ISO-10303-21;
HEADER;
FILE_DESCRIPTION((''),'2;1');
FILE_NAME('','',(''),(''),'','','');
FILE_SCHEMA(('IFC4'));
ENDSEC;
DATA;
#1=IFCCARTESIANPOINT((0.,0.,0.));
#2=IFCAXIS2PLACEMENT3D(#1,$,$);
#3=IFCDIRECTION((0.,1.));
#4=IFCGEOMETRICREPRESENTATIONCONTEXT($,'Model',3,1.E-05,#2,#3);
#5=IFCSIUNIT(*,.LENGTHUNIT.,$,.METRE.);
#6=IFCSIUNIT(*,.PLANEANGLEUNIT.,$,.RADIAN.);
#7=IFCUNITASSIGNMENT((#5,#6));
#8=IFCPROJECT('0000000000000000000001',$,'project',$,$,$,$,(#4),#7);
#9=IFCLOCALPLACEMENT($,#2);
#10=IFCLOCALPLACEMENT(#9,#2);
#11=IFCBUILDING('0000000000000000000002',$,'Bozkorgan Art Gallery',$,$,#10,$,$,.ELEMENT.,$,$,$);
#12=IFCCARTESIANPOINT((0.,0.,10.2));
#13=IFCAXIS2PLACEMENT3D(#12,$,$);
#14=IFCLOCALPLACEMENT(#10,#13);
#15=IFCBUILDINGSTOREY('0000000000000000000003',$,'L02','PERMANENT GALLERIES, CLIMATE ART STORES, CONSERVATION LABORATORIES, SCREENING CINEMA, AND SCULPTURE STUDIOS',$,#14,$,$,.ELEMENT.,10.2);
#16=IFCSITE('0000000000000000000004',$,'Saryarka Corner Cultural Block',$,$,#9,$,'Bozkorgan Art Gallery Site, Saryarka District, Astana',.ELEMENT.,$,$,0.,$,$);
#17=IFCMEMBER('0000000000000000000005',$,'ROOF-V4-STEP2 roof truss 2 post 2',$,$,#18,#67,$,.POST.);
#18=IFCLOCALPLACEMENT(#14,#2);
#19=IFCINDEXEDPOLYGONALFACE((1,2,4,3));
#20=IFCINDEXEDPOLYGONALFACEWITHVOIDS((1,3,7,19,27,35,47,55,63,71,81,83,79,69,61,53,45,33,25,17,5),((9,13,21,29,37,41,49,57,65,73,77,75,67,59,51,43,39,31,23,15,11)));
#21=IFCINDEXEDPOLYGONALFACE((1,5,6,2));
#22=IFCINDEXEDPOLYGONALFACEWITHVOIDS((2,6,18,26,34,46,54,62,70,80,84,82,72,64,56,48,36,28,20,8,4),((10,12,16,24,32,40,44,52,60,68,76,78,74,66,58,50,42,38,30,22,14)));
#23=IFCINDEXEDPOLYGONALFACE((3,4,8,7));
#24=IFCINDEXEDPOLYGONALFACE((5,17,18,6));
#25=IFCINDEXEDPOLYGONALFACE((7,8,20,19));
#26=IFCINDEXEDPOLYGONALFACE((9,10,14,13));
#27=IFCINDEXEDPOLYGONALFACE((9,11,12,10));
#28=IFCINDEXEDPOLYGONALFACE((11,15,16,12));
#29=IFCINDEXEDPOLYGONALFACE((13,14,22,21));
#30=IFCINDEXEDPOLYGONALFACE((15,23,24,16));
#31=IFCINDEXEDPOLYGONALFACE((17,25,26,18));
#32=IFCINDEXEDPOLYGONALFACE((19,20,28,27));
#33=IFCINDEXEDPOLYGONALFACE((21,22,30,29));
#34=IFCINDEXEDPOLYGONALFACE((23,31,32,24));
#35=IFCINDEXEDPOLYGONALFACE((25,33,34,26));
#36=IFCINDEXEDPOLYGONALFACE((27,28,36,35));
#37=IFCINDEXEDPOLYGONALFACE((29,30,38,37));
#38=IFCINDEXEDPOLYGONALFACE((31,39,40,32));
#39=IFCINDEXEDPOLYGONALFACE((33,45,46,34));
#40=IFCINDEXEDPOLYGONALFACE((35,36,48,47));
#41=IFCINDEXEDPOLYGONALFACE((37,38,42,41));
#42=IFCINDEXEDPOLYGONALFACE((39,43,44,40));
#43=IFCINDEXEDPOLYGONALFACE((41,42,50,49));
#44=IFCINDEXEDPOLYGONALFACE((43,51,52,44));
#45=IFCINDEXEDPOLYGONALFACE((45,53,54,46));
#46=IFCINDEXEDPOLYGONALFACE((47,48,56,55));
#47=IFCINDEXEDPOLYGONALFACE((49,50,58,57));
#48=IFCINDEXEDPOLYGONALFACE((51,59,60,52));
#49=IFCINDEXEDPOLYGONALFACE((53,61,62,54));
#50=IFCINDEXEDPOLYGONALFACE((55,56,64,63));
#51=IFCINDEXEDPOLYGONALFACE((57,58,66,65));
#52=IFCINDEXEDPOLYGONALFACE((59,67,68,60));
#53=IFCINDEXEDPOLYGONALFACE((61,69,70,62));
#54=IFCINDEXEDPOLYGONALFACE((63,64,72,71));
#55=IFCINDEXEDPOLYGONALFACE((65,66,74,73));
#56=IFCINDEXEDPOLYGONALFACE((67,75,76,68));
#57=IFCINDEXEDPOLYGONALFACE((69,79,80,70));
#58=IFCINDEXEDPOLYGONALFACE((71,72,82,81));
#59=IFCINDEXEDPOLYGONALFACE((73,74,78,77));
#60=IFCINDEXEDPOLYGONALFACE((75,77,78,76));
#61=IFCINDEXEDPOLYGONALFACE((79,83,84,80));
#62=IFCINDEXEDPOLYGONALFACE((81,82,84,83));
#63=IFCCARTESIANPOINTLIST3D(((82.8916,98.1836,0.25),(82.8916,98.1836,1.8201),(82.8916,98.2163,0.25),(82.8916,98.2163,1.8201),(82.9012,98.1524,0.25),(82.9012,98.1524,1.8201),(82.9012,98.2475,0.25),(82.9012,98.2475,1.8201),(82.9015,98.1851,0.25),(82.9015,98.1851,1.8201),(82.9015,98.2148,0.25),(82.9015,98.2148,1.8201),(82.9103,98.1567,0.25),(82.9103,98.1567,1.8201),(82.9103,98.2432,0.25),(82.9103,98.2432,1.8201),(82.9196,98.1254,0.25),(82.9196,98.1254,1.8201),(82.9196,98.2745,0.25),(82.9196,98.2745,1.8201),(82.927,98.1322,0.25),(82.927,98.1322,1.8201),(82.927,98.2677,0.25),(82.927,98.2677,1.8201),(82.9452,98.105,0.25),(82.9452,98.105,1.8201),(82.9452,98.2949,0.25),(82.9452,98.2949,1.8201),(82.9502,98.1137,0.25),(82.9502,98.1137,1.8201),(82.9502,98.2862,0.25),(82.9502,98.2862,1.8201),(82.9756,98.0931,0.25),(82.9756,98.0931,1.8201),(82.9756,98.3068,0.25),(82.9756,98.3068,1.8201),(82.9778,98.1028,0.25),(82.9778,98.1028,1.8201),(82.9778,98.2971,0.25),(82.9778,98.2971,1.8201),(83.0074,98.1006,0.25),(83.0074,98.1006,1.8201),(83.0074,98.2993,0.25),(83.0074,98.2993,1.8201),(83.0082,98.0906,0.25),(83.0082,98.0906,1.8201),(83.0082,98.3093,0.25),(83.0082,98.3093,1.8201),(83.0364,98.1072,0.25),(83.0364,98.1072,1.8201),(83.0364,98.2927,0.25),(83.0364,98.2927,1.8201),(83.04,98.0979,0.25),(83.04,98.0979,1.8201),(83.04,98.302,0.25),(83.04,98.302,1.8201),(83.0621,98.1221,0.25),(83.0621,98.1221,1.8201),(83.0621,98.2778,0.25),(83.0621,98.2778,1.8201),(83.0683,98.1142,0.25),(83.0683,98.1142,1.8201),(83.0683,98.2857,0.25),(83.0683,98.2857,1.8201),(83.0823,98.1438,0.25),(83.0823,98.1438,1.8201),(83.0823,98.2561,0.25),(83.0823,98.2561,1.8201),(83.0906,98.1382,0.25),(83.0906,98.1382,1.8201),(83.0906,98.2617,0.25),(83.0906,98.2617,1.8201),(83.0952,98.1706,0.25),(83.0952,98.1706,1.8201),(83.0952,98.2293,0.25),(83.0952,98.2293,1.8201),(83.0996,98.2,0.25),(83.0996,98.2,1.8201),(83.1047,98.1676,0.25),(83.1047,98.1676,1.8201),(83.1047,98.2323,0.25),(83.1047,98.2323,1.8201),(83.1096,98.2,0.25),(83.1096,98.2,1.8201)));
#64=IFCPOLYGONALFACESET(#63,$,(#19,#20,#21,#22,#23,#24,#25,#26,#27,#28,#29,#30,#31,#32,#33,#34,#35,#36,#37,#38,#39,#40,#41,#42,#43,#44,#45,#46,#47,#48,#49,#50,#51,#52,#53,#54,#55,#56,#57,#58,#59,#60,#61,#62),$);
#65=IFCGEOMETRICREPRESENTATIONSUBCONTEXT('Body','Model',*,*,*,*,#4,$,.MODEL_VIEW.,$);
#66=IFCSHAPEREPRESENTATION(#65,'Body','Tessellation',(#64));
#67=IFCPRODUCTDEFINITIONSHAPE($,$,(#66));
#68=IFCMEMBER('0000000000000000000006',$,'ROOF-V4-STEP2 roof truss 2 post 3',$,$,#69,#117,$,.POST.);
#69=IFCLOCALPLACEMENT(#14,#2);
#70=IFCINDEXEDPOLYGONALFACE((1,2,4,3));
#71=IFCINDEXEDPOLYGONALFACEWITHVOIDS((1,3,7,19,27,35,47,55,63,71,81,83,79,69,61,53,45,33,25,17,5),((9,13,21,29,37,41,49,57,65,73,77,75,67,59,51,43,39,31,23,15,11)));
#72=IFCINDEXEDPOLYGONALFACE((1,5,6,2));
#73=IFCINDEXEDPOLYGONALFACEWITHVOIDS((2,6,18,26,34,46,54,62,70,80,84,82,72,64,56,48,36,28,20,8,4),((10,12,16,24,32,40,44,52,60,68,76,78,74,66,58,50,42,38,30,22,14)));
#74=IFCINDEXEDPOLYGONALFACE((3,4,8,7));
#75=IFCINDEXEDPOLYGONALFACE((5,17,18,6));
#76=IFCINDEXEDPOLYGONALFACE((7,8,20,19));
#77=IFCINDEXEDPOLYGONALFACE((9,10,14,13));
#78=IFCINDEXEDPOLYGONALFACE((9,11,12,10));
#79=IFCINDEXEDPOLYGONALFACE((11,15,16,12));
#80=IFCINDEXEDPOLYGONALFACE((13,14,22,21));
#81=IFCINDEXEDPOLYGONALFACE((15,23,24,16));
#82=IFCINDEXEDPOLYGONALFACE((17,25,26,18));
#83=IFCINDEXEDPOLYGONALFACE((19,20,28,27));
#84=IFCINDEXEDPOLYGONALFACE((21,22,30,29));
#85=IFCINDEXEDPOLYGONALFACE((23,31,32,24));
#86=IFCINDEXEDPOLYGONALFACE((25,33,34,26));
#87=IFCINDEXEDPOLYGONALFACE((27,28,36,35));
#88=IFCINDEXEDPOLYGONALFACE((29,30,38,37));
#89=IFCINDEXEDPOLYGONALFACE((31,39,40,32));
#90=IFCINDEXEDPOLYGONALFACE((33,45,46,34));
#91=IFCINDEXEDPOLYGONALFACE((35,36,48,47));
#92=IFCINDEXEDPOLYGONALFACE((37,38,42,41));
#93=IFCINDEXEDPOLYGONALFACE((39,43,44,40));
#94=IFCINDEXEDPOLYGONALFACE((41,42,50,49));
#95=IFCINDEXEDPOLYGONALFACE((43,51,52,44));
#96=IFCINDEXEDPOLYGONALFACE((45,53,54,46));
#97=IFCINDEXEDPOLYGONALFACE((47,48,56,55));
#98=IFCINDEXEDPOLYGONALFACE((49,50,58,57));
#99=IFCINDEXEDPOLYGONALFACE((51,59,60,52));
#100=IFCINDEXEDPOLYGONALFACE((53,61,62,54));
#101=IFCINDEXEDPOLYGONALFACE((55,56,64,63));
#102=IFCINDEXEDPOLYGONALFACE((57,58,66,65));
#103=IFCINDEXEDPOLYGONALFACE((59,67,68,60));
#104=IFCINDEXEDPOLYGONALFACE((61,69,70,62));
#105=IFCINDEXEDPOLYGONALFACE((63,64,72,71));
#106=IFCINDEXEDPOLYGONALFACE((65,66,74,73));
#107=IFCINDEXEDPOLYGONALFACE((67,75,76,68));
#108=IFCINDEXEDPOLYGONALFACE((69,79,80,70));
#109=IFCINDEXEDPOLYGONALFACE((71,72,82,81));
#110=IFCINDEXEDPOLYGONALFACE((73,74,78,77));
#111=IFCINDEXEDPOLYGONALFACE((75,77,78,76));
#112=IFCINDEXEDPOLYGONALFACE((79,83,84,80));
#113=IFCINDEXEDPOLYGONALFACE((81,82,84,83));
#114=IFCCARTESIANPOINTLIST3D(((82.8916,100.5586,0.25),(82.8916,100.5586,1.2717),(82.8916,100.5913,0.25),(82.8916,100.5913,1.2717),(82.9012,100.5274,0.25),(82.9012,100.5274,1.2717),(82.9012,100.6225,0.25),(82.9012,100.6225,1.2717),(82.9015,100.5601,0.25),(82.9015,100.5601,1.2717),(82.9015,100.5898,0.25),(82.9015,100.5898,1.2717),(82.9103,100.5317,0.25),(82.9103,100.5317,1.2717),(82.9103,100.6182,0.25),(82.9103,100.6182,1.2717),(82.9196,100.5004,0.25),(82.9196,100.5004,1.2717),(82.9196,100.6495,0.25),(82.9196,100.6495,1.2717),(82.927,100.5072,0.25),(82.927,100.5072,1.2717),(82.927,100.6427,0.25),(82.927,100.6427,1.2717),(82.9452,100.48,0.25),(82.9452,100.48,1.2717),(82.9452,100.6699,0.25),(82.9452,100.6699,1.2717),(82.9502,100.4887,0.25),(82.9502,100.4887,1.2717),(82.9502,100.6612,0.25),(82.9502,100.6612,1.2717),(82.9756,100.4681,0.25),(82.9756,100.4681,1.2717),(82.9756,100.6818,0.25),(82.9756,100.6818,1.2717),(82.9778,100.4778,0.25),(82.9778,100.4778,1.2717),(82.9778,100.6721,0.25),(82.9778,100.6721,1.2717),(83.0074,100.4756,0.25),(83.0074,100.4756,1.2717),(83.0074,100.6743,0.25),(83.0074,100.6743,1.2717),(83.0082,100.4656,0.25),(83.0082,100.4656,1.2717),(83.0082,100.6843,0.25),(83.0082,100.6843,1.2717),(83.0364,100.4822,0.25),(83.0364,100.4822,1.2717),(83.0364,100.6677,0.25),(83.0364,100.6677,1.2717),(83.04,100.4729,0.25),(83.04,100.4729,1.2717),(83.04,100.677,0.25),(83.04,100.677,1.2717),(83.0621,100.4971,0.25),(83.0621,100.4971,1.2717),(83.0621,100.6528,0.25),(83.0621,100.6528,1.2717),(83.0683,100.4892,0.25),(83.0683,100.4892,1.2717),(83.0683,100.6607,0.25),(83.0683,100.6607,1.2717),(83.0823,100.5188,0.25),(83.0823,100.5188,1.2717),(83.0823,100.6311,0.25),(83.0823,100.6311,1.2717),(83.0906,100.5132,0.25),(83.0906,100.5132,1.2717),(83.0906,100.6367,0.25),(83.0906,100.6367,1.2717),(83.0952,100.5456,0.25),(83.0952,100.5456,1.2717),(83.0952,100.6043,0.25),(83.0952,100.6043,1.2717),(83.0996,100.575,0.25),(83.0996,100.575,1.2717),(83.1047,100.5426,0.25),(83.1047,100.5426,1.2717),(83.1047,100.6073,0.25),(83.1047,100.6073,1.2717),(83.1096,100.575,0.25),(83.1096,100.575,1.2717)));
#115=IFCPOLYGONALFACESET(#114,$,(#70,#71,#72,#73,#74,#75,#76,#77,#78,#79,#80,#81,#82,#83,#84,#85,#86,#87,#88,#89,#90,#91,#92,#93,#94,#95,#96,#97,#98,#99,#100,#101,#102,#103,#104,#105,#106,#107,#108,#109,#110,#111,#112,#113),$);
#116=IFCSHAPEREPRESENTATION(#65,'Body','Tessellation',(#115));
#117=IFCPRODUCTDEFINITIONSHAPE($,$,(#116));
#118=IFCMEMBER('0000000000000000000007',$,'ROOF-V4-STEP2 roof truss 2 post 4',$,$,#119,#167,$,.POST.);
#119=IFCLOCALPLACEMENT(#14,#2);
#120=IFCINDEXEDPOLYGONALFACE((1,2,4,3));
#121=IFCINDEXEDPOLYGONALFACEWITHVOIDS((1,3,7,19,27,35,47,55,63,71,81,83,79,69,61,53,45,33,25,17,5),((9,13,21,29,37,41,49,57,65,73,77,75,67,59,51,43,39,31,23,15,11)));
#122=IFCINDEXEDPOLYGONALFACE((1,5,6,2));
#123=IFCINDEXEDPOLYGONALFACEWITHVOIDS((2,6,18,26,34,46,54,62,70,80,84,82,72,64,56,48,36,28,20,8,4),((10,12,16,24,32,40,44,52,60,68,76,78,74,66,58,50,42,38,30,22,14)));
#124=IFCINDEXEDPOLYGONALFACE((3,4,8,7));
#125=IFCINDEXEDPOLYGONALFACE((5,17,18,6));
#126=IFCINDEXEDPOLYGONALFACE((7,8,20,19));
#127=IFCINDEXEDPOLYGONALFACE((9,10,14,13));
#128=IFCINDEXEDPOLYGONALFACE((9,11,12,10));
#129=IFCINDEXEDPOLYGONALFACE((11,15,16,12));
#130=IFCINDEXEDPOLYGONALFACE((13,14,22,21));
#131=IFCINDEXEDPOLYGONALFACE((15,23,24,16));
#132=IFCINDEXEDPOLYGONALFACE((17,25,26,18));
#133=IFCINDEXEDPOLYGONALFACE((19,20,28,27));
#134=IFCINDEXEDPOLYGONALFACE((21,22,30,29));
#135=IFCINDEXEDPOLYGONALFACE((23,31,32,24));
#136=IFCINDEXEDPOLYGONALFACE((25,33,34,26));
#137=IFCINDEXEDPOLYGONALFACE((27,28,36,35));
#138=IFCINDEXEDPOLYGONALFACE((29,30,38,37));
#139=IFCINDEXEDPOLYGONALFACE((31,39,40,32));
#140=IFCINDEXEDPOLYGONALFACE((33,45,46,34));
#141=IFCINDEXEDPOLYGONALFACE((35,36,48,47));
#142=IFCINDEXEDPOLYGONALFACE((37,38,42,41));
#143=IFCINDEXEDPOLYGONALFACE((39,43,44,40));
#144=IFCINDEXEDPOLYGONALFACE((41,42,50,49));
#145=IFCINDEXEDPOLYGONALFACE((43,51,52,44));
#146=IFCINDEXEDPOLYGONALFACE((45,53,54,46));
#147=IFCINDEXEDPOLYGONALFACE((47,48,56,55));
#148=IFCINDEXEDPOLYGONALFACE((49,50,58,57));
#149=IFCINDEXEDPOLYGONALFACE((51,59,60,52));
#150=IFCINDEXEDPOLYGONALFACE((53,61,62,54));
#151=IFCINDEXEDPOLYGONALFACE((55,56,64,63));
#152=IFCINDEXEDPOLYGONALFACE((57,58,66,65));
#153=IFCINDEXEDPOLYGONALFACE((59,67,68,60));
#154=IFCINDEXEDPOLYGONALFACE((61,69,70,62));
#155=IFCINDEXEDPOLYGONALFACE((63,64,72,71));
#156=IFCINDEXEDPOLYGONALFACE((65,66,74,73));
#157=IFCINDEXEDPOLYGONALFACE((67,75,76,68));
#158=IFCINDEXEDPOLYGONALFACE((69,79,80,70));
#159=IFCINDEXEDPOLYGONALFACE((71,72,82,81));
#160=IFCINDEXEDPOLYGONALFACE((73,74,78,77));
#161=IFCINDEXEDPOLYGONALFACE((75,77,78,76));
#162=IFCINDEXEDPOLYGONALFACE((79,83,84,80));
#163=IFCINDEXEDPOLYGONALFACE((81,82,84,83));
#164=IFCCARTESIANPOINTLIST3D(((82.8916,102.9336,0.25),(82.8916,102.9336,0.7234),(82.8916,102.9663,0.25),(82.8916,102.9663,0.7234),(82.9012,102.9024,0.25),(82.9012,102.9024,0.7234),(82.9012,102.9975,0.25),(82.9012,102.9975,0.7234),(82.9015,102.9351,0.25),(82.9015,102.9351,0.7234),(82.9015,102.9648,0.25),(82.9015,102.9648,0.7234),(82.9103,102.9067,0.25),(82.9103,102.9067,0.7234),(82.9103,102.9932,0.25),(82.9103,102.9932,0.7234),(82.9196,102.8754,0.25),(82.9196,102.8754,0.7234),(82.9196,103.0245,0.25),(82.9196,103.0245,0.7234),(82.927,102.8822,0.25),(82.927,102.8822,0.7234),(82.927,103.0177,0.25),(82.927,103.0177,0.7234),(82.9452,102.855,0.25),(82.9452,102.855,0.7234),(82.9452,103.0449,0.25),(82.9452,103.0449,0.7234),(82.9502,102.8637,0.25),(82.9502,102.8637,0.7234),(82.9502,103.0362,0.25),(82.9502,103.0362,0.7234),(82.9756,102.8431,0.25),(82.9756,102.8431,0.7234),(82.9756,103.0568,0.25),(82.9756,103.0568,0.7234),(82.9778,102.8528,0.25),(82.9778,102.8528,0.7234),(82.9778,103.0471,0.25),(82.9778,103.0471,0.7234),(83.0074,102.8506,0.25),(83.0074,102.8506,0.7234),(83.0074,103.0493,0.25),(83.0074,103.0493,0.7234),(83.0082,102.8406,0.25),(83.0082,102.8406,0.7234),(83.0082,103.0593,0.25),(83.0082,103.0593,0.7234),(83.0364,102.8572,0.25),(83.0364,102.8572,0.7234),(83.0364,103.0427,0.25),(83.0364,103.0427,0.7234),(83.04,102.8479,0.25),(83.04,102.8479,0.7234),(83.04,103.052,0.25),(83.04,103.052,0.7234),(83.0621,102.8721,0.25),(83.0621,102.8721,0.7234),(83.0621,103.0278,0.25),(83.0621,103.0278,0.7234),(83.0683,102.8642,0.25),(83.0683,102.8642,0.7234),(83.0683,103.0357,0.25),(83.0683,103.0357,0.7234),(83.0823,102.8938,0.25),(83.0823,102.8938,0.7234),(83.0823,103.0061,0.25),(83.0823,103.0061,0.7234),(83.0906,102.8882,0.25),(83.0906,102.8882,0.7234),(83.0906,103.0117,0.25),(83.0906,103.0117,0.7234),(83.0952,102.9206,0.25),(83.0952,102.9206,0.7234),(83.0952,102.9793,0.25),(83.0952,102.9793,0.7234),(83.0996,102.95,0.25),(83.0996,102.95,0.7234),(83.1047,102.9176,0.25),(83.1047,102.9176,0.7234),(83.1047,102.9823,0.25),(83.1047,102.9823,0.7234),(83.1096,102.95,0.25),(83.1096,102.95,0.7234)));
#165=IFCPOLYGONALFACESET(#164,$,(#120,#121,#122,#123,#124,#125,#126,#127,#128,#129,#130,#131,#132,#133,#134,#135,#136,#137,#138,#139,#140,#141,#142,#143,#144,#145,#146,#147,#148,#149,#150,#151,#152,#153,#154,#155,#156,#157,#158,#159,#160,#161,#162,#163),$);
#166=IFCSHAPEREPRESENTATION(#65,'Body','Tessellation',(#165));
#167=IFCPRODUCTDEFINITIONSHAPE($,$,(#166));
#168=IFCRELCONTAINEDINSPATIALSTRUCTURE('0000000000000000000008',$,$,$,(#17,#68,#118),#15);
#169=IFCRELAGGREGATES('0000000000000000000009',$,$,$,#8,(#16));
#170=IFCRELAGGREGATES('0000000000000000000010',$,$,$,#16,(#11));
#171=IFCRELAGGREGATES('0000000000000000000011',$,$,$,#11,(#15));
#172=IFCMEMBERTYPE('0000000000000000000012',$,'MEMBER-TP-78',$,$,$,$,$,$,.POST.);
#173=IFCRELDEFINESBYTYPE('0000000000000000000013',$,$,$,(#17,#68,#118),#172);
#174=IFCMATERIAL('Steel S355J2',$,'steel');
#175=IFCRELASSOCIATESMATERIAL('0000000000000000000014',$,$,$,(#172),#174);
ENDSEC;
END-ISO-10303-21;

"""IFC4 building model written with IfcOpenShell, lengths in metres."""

from ifc_helpers import new_model, si_unit, direction, frame, origin, origin_2d, place, context, subcontext, project, spatial, hollow_circle, extrude, material, material_profile, profile_set, type_object, element, save


model = new_model("IFC4")

# Units and contexts
model_context = context("Model", 3, precision=1e-05, world=origin(), true_north=direction((0.0, 1.0)))
body_context = subcontext(model_context, "Body", "Model", "MODEL_VIEW")
ifc_project = project(units=[si_unit("LENGTHUNIT", "METRE"), si_unit("PLANEANGLEUNIT", "RADIAN")], contexts=[model_context])

# Site, building, storey
site_placement = place(None, origin())
site = spatial("IfcSite", under=ifc_project, at=site_placement, Name="Saryarka Corner Cultural Block", LongName="Bozkorgan Art Gallery Site, Saryarka District, Astana", CompositionType="ELEMENT", RefElevation=0.0)
building_placement = place(site_placement, origin())
building = spatial("IfcBuilding", under=site, at=building_placement, Name="Bozkorgan Art Gallery", CompositionType="ELEMENT")
storey_placement = place(building_placement, frame((0.0, 0.0, 10.2)))
storey = spatial("IfcBuildingStorey", under=building, at=storey_placement, Name="L02", Description="PERMANENT GALLERIES, CLIMATE ART STORES, CONSERVATION LABORATORIES, SCREENING CINEMA, AND SCULPTURE STUDIOS", CompositionType="ELEMENT", Elevation=10.2)

# Shared definitions
ifc_material_1 = material(Name="Steel S355J2", Category="steel")

# Members
ifc_material_profile_1 = material_profile(ifc_material_1, hollow_circle(Radius=0.1096, WallThickness=0.01, at=origin_2d()), Name="CHS 219.1x10")
ifc_profile_set_1 = profile_set([ifc_material_profile_1], Name="Steel S355J2")
member_type_1 = type_object("IfcMemberType", Name="MEMBER-TP-78", PredefinedType="POST", material=ifc_profile_set_1)
member_1_placement = place(storey_placement, frame((83.0, 98.2, 0.25), z_axis=(0.0, 0.0, 1.0), x_axis=(1.0, 0.0, 0.0)))
element("IfcMember", 1, at=member_1_placement, inside=storey, type_object=member_type_1, Name="ROOF-V4-STEP2 roof truss 2 post 2", PredefinedType="POST", context=body_context, shape_type="SweptSolid", body=[
    extrude(hollow_circle(Radius=0.1096, WallThickness=0.01, at=origin_2d()), origin(), (0.0, 0.0, 1.0), 1.5701),
])
member_2_placement = place(storey_placement, frame((83.0, 100.575, 0.25), z_axis=(0.0, 0.0, 1.0), x_axis=(1.0, 0.0, 0.0)))
element("IfcMember", 2, at=member_2_placement, inside=storey, type_object=member_type_1, Name="ROOF-V4-STEP2 roof truss 2 post 3", PredefinedType="POST", context=body_context, shape_type="SweptSolid", body=[
    extrude(hollow_circle(Radius=0.1096, WallThickness=0.01, at=origin_2d()), origin(), (0.0, 0.0, 1.0), 1.0217),
])
member_3_placement = place(storey_placement, frame((83.0, 102.95, 0.25), z_axis=(0.0, 0.0, 1.0), x_axis=(1.0, 0.0, 0.0)))
element("IfcMember", 3, at=member_3_placement, inside=storey, type_object=member_type_1, Name="ROOF-V4-STEP2 roof truss 2 post 4", PredefinedType="POST", context=body_context, shape_type="SweptSolid", body=[
    extrude(hollow_circle(Radius=0.1096, WallThickness=0.01, at=origin_2d()), origin(), (0.0, 0.0, 1.0), 0.4734),
])

save(model, "model.ifc")
